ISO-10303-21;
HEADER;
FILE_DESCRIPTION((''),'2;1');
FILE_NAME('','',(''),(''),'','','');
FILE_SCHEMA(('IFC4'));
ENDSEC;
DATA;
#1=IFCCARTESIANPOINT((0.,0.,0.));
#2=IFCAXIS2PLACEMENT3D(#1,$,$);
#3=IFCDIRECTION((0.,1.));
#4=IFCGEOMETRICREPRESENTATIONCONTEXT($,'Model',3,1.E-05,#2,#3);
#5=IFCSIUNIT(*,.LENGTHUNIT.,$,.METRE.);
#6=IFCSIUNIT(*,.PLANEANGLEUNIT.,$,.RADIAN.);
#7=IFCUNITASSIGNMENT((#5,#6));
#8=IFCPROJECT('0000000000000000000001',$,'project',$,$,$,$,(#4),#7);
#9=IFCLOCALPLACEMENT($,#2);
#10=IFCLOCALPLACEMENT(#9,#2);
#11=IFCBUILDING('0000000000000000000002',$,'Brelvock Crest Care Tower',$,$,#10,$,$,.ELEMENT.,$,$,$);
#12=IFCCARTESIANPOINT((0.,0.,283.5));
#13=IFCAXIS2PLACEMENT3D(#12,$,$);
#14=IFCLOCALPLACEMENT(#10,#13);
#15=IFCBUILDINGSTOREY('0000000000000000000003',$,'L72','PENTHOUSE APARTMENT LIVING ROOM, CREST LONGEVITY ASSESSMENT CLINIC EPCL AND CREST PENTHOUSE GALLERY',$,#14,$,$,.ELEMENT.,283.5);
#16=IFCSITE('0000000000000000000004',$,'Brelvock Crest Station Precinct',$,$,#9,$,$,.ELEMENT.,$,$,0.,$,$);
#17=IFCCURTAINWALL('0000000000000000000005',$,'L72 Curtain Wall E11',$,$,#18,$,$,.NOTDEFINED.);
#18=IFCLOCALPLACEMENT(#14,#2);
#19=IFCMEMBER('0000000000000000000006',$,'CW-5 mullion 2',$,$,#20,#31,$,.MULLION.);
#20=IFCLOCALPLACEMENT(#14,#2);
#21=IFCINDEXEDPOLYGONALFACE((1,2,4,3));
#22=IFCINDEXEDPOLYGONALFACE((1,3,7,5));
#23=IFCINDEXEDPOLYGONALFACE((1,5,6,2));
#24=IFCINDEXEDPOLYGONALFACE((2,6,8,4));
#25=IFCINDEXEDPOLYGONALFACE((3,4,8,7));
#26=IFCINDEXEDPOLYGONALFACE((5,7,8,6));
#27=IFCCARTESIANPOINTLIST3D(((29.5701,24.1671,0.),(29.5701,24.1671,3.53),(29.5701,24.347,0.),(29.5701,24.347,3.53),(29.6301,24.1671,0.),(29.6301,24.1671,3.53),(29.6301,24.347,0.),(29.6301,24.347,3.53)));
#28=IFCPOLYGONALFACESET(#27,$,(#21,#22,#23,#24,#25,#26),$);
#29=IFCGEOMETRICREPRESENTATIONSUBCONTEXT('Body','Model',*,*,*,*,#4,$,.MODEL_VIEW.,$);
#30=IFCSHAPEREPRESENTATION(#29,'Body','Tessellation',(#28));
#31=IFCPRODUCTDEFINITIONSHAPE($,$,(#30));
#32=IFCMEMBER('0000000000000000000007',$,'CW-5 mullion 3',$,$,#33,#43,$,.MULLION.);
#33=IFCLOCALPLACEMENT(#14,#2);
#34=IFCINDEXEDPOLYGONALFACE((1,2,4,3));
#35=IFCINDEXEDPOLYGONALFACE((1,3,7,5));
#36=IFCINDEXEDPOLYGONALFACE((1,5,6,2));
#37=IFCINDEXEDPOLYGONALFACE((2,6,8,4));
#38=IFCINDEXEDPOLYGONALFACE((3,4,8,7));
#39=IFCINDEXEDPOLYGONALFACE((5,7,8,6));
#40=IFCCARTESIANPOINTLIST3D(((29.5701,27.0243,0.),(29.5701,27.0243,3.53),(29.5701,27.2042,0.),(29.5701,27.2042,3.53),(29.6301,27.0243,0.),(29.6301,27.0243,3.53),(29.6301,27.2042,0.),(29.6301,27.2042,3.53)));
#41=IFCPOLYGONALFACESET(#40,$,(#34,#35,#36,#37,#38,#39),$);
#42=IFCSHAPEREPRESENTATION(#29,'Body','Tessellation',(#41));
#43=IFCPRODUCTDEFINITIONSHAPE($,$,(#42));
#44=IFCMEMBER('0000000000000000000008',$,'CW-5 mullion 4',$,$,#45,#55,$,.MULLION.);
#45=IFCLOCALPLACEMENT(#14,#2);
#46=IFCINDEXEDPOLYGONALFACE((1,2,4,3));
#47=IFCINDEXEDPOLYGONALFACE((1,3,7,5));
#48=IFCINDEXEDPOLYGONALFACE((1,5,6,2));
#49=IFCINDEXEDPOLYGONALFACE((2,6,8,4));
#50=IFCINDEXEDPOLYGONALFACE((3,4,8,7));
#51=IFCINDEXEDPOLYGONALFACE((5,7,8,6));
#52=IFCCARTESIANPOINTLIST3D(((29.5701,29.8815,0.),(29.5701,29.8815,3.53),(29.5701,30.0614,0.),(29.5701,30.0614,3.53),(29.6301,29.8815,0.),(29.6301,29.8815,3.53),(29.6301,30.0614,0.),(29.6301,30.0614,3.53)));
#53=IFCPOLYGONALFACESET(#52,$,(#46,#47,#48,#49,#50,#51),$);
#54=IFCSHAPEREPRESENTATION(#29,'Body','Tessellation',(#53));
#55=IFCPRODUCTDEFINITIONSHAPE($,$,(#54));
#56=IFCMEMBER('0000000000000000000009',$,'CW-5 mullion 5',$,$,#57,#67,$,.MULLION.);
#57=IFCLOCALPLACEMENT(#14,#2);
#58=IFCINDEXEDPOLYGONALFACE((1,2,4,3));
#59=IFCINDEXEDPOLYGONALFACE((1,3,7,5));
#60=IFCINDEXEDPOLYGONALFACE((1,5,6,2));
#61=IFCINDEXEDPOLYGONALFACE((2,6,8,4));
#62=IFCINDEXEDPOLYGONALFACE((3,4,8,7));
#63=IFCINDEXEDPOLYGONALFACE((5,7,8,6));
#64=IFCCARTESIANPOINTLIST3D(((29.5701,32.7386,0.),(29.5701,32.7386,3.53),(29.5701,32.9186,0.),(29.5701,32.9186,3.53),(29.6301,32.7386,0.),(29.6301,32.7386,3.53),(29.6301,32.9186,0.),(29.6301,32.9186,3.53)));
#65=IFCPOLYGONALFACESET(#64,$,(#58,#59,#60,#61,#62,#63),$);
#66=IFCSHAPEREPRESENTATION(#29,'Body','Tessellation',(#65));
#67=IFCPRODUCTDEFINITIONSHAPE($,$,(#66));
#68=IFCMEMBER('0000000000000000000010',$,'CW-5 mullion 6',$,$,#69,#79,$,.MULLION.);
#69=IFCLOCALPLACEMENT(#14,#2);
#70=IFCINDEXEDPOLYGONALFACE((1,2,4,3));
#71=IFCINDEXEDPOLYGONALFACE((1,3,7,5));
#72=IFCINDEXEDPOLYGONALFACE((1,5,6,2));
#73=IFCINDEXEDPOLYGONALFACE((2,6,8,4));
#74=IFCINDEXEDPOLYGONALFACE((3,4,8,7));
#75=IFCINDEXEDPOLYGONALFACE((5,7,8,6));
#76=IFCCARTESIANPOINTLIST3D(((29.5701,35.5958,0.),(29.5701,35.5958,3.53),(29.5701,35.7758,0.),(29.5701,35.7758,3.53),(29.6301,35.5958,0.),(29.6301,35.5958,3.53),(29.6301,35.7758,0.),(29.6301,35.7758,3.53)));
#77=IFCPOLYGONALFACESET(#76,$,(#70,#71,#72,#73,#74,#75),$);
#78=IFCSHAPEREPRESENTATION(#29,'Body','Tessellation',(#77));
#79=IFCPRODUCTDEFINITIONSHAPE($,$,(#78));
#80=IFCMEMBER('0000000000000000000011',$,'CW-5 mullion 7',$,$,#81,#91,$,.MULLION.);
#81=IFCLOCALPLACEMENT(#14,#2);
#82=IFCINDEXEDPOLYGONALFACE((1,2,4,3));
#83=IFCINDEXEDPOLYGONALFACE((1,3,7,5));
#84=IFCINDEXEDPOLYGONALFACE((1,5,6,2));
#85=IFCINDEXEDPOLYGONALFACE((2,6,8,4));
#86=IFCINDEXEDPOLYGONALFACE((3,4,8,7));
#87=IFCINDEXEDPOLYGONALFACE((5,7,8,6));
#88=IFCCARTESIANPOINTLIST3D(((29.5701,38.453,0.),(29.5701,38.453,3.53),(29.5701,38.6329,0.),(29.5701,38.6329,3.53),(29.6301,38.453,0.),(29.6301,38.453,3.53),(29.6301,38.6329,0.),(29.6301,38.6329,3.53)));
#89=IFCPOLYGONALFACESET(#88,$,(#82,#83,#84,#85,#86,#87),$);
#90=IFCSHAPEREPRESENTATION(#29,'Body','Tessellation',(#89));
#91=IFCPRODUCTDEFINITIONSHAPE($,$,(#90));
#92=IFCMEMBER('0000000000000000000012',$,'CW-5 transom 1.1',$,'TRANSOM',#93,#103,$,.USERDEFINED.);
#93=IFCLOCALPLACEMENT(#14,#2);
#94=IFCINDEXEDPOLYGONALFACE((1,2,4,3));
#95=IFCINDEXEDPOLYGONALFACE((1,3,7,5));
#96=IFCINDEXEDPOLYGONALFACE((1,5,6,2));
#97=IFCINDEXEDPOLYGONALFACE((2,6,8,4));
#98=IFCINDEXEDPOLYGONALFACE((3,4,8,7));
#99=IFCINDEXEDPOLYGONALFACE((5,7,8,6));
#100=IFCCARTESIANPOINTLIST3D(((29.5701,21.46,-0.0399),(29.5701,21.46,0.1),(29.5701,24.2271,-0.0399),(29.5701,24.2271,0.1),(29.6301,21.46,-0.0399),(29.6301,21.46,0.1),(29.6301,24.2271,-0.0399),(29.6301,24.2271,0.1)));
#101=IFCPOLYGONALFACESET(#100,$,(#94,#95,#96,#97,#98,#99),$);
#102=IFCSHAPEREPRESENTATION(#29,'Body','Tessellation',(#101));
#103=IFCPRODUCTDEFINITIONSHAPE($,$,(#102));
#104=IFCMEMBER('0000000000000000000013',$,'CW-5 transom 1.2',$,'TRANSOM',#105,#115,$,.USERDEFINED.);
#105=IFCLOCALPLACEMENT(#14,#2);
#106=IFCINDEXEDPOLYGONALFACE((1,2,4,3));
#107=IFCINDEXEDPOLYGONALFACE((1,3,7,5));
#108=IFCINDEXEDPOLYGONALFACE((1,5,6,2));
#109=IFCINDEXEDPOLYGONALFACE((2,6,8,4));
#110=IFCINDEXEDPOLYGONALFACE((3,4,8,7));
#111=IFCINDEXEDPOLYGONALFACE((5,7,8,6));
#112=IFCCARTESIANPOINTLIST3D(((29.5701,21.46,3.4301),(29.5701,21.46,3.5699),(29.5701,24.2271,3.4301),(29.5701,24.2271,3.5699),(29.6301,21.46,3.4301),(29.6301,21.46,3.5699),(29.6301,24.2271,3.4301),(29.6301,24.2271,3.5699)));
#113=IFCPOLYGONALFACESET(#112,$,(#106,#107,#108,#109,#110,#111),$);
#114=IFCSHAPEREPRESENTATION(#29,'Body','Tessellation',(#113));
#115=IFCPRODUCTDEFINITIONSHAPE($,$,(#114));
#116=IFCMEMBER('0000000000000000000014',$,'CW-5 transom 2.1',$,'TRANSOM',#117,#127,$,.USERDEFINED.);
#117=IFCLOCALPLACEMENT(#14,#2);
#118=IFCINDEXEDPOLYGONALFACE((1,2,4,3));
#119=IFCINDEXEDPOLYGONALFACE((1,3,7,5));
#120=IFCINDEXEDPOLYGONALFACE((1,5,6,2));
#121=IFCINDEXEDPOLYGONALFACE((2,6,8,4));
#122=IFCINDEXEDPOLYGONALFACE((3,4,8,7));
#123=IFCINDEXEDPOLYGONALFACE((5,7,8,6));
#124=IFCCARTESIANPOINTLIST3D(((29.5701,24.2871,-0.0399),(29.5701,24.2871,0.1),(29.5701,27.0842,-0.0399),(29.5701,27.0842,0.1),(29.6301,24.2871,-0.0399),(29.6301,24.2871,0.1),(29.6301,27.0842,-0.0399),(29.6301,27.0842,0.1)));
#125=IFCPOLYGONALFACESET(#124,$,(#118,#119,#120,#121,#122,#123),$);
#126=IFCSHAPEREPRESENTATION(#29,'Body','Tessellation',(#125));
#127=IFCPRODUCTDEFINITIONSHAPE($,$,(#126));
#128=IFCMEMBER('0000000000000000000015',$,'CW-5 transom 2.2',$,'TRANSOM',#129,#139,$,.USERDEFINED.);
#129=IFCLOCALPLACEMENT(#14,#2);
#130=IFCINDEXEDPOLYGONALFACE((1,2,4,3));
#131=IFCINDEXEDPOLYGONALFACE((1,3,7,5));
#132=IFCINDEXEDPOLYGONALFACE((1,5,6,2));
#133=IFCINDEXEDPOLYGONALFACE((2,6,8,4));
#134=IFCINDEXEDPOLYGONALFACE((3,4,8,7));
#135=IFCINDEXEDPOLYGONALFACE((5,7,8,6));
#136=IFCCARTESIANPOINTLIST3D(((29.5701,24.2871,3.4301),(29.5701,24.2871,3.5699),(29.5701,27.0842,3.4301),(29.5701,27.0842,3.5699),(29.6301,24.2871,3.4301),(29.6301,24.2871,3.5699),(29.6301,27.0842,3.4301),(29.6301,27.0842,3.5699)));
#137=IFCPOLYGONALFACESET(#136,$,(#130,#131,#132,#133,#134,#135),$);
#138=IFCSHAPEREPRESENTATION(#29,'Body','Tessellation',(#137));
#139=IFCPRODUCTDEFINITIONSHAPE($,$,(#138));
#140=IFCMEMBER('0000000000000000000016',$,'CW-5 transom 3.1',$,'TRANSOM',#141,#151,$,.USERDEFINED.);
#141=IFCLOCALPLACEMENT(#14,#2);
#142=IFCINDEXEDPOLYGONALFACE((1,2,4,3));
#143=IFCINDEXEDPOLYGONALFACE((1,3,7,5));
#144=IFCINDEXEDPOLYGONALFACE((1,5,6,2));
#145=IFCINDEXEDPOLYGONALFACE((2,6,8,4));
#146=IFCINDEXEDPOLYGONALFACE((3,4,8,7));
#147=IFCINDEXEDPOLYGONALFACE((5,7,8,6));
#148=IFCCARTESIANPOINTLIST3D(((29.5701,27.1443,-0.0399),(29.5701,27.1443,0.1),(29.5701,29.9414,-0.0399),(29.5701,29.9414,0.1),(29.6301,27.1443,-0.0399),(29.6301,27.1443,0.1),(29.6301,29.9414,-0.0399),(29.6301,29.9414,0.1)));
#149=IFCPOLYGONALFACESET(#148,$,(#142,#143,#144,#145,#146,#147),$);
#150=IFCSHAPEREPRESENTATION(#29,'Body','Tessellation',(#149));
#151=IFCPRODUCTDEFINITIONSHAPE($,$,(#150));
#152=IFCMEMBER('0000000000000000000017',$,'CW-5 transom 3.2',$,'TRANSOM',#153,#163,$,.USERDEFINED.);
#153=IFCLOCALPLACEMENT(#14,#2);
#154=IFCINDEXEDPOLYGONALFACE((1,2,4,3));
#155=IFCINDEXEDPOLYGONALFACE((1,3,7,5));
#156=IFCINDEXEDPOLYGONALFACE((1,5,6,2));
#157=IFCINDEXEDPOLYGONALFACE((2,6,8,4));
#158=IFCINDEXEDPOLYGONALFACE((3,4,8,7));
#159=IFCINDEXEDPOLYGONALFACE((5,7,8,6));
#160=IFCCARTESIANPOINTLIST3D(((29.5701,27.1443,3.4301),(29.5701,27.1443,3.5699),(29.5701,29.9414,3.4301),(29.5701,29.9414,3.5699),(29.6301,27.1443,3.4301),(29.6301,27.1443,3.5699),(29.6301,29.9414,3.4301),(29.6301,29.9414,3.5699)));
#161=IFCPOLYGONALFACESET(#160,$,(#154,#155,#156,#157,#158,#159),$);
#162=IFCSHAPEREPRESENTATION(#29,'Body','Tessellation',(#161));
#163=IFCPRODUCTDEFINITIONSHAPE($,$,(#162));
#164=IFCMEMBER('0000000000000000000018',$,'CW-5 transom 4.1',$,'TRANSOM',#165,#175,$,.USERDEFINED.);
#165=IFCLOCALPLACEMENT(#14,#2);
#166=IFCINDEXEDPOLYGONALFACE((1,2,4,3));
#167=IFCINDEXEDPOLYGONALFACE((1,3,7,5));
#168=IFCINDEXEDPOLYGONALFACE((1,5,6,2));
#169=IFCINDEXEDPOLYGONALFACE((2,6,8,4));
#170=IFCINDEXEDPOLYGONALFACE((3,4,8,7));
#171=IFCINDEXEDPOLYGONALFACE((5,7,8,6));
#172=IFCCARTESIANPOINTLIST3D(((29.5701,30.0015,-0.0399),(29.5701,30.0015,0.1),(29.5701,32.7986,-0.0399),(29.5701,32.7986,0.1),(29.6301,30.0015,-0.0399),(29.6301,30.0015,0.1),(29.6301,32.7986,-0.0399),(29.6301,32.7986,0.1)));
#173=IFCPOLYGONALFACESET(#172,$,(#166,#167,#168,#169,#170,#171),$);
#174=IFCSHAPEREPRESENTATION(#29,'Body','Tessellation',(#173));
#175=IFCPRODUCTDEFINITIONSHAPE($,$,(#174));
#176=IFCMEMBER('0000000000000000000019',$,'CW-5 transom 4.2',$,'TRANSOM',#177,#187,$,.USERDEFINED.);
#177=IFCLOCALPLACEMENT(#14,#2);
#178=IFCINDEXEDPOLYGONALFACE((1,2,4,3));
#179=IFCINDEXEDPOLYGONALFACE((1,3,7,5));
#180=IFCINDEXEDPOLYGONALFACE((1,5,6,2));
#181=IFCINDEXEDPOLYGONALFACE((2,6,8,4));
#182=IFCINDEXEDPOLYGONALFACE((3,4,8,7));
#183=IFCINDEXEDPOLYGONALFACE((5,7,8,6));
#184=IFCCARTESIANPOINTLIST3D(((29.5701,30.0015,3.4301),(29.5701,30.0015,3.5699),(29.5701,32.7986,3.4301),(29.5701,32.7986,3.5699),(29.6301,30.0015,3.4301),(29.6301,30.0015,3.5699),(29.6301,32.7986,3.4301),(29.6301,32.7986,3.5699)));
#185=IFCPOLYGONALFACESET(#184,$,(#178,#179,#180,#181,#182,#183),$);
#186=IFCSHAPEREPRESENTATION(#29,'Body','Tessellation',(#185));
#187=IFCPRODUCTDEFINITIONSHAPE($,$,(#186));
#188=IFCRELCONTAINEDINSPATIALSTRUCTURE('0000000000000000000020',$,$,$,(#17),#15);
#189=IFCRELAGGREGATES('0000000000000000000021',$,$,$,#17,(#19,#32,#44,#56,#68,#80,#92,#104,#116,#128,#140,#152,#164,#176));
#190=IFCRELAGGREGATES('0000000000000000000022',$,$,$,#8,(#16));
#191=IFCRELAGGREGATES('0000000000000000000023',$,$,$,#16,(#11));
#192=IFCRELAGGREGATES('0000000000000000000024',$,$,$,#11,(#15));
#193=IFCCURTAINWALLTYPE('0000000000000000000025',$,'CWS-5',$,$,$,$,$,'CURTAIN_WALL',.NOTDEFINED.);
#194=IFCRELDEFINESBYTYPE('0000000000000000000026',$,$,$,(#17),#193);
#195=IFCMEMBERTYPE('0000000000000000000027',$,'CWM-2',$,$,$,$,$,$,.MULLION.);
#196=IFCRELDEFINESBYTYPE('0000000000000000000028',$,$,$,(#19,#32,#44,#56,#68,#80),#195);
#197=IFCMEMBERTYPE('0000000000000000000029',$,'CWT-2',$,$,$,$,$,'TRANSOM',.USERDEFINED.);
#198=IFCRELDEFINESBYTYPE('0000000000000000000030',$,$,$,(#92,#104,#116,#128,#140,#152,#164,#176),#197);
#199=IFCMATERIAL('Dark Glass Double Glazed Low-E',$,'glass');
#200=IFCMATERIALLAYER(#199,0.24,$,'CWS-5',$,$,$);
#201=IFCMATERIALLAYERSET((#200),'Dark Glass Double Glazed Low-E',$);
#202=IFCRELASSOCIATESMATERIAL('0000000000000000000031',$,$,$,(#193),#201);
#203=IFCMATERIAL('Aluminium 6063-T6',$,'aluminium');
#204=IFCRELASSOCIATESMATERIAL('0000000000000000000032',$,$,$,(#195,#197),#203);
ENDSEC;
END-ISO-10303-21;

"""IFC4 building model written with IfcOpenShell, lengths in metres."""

from ifc_helpers import new_model, si_unit, direction, frame, origin, origin_2d, place, context, subcontext, project, spatial, rectangle, extrude, source, transform, mapped, material, layer, layer_set, material_profile, profile_set, type_object, element, aggregate, save


model = new_model("IFC4")

# Units and contexts
model_context = context("Model", 3, precision=1e-05, world=origin(), true_north=direction((0.0, 1.0)))
body_context = subcontext(model_context, "Body", "Model", "MODEL_VIEW")
ifc_project = project(units=[si_unit("LENGTHUNIT", "METRE"), si_unit("PLANEANGLEUNIT", "RADIAN")], contexts=[model_context])

# Site, building, storey
site_placement = place(None, origin())
site = spatial("IfcSite", under=ifc_project, at=site_placement, Name="Brelvock Crest Station Precinct", CompositionType="ELEMENT", RefElevation=0.0)
building_placement = place(site_placement, origin())
building = spatial("IfcBuilding", under=site, at=building_placement, Name="Brelvock Crest Care Tower", CompositionType="ELEMENT")
storey_placement = place(building_placement, frame((0.0, 0.0, 283.5)))
storey = spatial("IfcBuildingStorey", under=building, at=storey_placement, Name="L72", Description="PENTHOUSE APARTMENT LIVING ROOM, CREST LONGEVITY ASSESSMENT CLINIC EPCL AND CREST PENTHOUSE GALLERY", CompositionType="ELEMENT", Elevation=283.5)

# Curtain wall, members
ifc_material_1 = material(Name="Dark Glass Double Glazed Low-E", Category="glass")
ifc_layer_1 = layer(ifc_material_1, 0.24, Name="CWS-5")
ifc_layer_set_1 = layer_set([ifc_layer_1], Name="Dark Glass Double Glazed Low-E")
curtain_wall_type = type_object("IfcCurtainWallType", Name="CWS-5", ElementType="CURTAIN_WALL", PredefinedType="NOTDEFINED", material=ifc_layer_set_1)
curtain_wall_placement = place(storey_placement, origin())
curtain_wall = element("IfcCurtainWall", 1, at=curtain_wall_placement, inside=storey, type_object=curtain_wall_type, Name="L72 Curtain Wall E11", PredefinedType="NOTDEFINED")
ifc_material_2 = material(Name="Aluminium 6063-T6", Category="aluminium")
ifc_material_profile_1 = material_profile(ifc_material_2, rectangle(XDim=0.0601, YDim=0.1799, at=origin_2d()), Name="ALU60x180")
ifc_profile_set_1 = profile_set([ifc_material_profile_1], Name="Aluminium 6063-T6")
member_type_1 = type_object("IfcMemberType", Name="CWM-2", PredefinedType="MULLION", material=ifc_profile_set_1)
shared_shape_1 = source(origin(), body_context, "Body", "SweptSolid", [
    extrude(rectangle(XDim=0.0601, YDim=0.1799, at=origin_2d()), origin(), (0.0, 0.0, 1.0), 3.53),
])
member_1_placement = place(storey_placement, frame((29.6001, 24.2571, 0.0), z_axis=(0.0, 0.0, 1.0), x_axis=(-1.0, 0.0, 0.0)))
member_1 = element("IfcMember", 2, at=member_1_placement, type_object=member_type_1, Name="CW-5 mullion 2", PredefinedType="MULLION", context=body_context, shape_type="MappedRepresentation", body=[
    mapped(shared_shape_1, transform((0.0, 0.0, 0.0), x_axis=(1.0, 0.0, 0.0), y_axis=(0.0, 1.0, 0.0), z_axis=(0.0, 0.0, 1.0), scale=1.0)),
])
member_2_placement = place(storey_placement, frame((29.6001, 27.1143, 0.0), z_axis=(0.0, 0.0, 1.0), x_axis=(-1.0, 0.0, 0.0)))
member_2 = element("IfcMember", 3, at=member_2_placement, type_object=member_type_1, Name="CW-5 mullion 3", PredefinedType="MULLION", context=body_context, shape_type="MappedRepresentation", body=[
    mapped(shared_shape_1, transform((0.0, 0.0, 0.0), x_axis=(1.0, 0.0, 0.0), y_axis=(0.0, 1.0, 0.0), z_axis=(0.0, 0.0, 1.0), scale=1.0)),
])
member_3_placement = place(storey_placement, frame((29.6001, 29.9714, 0.0), z_axis=(0.0, 0.0, 1.0), x_axis=(-1.0, 0.0, 0.0)))
member_3 = element("IfcMember", 4, at=member_3_placement, type_object=member_type_1, Name="CW-5 mullion 4", PredefinedType="MULLION", context=body_context, shape_type="MappedRepresentation", body=[
    mapped(shared_shape_1, transform((0.0, 0.0, 0.0), x_axis=(1.0, 0.0, 0.0), y_axis=(0.0, 1.0, 0.0), z_axis=(0.0, 0.0, 1.0), scale=1.0)),
])
member_4_placement = place(storey_placement, frame((29.6001, 32.8286, 0.0), z_axis=(0.0, 0.0, 1.0), x_axis=(-1.0, 0.0, 0.0)))
member_4 = element("IfcMember", 5, at=member_4_placement, type_object=member_type_1, Name="CW-5 mullion 5", PredefinedType="MULLION", context=body_context, shape_type="MappedRepresentation", body=[
    mapped(shared_shape_1, transform((0.0, 0.0, 0.0), x_axis=(1.0, 0.0, 0.0), y_axis=(0.0, 1.0, 0.0), z_axis=(0.0, 0.0, 1.0), scale=1.0)),
])
member_5_placement = place(storey_placement, frame((29.6001, 35.6858, 0.0), z_axis=(0.0, 0.0, 1.0), x_axis=(-1.0, 0.0, 0.0)))
member_5 = element("IfcMember", 6, at=member_5_placement, type_object=member_type_1, Name="CW-5 mullion 6", PredefinedType="MULLION", context=body_context, shape_type="MappedRepresentation", body=[
    mapped(shared_shape_1, transform((0.0, 0.0, 0.0), x_axis=(1.0, 0.0, 0.0), y_axis=(0.0, 1.0, 0.0), z_axis=(0.0, 0.0, 1.0), scale=1.0)),
])
member_6_placement = place(storey_placement, frame((29.6001, 38.543, 0.0), z_axis=(0.0, 0.0, 1.0), x_axis=(-1.0, 0.0, 0.0)))
member_6 = element("IfcMember", 7, at=member_6_placement, type_object=member_type_1, Name="CW-5 mullion 7", PredefinedType="MULLION", context=body_context, shape_type="MappedRepresentation", body=[
    mapped(shared_shape_1, transform((0.0, 0.0, 0.0), x_axis=(1.0, 0.0, 0.0), y_axis=(0.0, 1.0, 0.0), z_axis=(0.0, 0.0, 1.0), scale=1.0)),
])
ifc_material_profile_2 = material_profile(ifc_material_2, rectangle(XDim=0.0601, YDim=0.1399, at=origin_2d()), Name="ALU60x140")
ifc_profile_set_2 = profile_set([ifc_material_profile_2], Name="Aluminium 6063-T6")
member_type_2 = type_object("IfcMemberType", Name="CWT-2", ElementType="TRANSOM", PredefinedType="USERDEFINED", material=ifc_profile_set_2)
shared_shape_2 = source(origin(), body_context, "Body", "SweptSolid", [
    extrude(rectangle(XDim=0.0601, YDim=0.1399, at=origin_2d()), origin(), (0.0, 0.0, 1.0), 2.7671),
])
member_7_placement = place(storey_placement, frame((29.6001, 21.46, 0.03), z_axis=(0.0, 1.0, 0.0), x_axis=(-1.0, 0.0, 0.0)))
member_7 = element("IfcMember", 8, at=member_7_placement, type_object=member_type_2, Name="CW-5 transom 1.1", ObjectType="TRANSOM", PredefinedType="USERDEFINED", context=body_context, shape_type="MappedRepresentation", body=[
    mapped(shared_shape_2, transform((0.0, 0.0, 0.0), x_axis=(1.0, 0.0, 0.0), y_axis=(0.0, 1.0, 0.0), z_axis=(0.0, 0.0, 1.0), scale=1.0)),
])
member_8_placement = place(storey_placement, frame((29.6001, 21.46, 3.5), z_axis=(0.0, 1.0, 0.0), x_axis=(-1.0, 0.0, 0.0)))
member_8 = element("IfcMember", 9, at=member_8_placement, type_object=member_type_2, Name="CW-5 transom 1.2", ObjectType="TRANSOM", PredefinedType="USERDEFINED", context=body_context, shape_type="MappedRepresentation", body=[
    mapped(shared_shape_2, transform((0.0, 0.0, 0.0), x_axis=(1.0, 0.0, 0.0), y_axis=(0.0, 1.0, 0.0), z_axis=(0.0, 0.0, 1.0), scale=1.0)),
])
shared_shape_3 = source(origin(), body_context, "Body", "SweptSolid", [
    extrude(rectangle(XDim=0.0601, YDim=0.1399, at=origin_2d()), origin(), (0.0, 0.0, 1.0), 2.7971),
])
member_9_placement = place(storey_placement, frame((29.6001, 24.2871, 0.03), z_axis=(0.0, 1.0, 0.0), x_axis=(-1.0, 0.0, 0.0)))
member_9 = element("IfcMember", 10, at=member_9_placement, type_object=member_type_2, Name="CW-5 transom 2.1", ObjectType="TRANSOM", PredefinedType="USERDEFINED", context=body_context, shape_type="MappedRepresentation", body=[
    mapped(shared_shape_3, transform((0.0, 0.0, 0.0), x_axis=(1.0, 0.0, 0.0), y_axis=(0.0, 1.0, 0.0), z_axis=(0.0, 0.0, 1.0), scale=1.0)),
])
member_10_placement = place(storey_placement, frame((29.6001, 24.2871, 3.5), z_axis=(0.0, 1.0, 0.0), x_axis=(-1.0, 0.0, 0.0)))
member_10 = element("IfcMember", 11, at=member_10_placement, type_object=member_type_2, Name="CW-5 transom 2.2", ObjectType="TRANSOM", PredefinedType="USERDEFINED", context=body_context, shape_type="MappedRepresentation", body=[
    mapped(shared_shape_3, transform((0.0, 0.0, 0.0), x_axis=(1.0, 0.0, 0.0), y_axis=(0.0, 1.0, 0.0), z_axis=(0.0, 0.0, 1.0), scale=1.0)),
])
member_11_placement = place(storey_placement, frame((29.6001, 27.1443, 0.03), z_axis=(0.0, 1.0, 0.0), x_axis=(-1.0, 0.0, 0.0)))
member_11 = element("IfcMember", 12, at=member_11_placement, type_object=member_type_2, Name="CW-5 transom 3.1", ObjectType="TRANSOM", PredefinedType="USERDEFINED", context=body_context, shape_type="MappedRepresentation", body=[
    mapped(shared_shape_3, transform((0.0, 0.0, 0.0), x_axis=(1.0, 0.0, 0.0), y_axis=(0.0, 1.0, 0.0), z_axis=(0.0, 0.0, 1.0), scale=1.0)),
])
member_12_placement = place(storey_placement, frame((29.6001, 27.1443, 3.5), z_axis=(0.0, 1.0, 0.0), x_axis=(-1.0, 0.0, 0.0)))
member_12 = element("IfcMember", 13, at=member_12_placement, type_object=member_type_2, Name="CW-5 transom 3.2", ObjectType="TRANSOM", PredefinedType="USERDEFINED", context=body_context, shape_type="MappedRepresentation", body=[
    mapped(shared_shape_3, transform((0.0, 0.0, 0.0), x_axis=(1.0, 0.0, 0.0), y_axis=(0.0, 1.0, 0.0), z_axis=(0.0, 0.0, 1.0), scale=1.0)),
])
member_13_placement = place(storey_placement, frame((29.6001, 30.0015, 0.03), z_axis=(0.0, 1.0, 0.0), x_axis=(-1.0, 0.0, 0.0)))
member_13 = element("IfcMember", 14, at=member_13_placement, type_object=member_type_2, Name="CW-5 transom 4.1", ObjectType="TRANSOM", PredefinedType="USERDEFINED", context=body_context, shape_type="MappedRepresentation", body=[
    mapped(shared_shape_3, transform((0.0, 0.0, 0.0), x_axis=(1.0, 0.0, 0.0), y_axis=(0.0, 1.0, 0.0), z_axis=(0.0, 0.0, 1.0), scale=1.0)),
])
member_14_placement = place(storey_placement, frame((29.6001, 30.0015, 3.5), z_axis=(0.0, 1.0, 0.0), x_axis=(-1.0, 0.0, 0.0)))
member_14 = element("IfcMember", 15, at=member_14_placement, type_object=member_type_2, Name="CW-5 transom 4.2", ObjectType="TRANSOM", PredefinedType="USERDEFINED", context=body_context, shape_type="MappedRepresentation", body=[
    mapped(shared_shape_3, transform((0.0, 0.0, 0.0), x_axis=(1.0, 0.0, 0.0), y_axis=(0.0, 1.0, 0.0), z_axis=(0.0, 0.0, 1.0), scale=1.0)),
])
aggregate(curtain_wall, [member_1, member_2, member_3, member_4, member_5, member_6, member_7, member_8, member_9, member_10, member_11, member_12, member_13, member_14])

save(model, "model.ifc")
